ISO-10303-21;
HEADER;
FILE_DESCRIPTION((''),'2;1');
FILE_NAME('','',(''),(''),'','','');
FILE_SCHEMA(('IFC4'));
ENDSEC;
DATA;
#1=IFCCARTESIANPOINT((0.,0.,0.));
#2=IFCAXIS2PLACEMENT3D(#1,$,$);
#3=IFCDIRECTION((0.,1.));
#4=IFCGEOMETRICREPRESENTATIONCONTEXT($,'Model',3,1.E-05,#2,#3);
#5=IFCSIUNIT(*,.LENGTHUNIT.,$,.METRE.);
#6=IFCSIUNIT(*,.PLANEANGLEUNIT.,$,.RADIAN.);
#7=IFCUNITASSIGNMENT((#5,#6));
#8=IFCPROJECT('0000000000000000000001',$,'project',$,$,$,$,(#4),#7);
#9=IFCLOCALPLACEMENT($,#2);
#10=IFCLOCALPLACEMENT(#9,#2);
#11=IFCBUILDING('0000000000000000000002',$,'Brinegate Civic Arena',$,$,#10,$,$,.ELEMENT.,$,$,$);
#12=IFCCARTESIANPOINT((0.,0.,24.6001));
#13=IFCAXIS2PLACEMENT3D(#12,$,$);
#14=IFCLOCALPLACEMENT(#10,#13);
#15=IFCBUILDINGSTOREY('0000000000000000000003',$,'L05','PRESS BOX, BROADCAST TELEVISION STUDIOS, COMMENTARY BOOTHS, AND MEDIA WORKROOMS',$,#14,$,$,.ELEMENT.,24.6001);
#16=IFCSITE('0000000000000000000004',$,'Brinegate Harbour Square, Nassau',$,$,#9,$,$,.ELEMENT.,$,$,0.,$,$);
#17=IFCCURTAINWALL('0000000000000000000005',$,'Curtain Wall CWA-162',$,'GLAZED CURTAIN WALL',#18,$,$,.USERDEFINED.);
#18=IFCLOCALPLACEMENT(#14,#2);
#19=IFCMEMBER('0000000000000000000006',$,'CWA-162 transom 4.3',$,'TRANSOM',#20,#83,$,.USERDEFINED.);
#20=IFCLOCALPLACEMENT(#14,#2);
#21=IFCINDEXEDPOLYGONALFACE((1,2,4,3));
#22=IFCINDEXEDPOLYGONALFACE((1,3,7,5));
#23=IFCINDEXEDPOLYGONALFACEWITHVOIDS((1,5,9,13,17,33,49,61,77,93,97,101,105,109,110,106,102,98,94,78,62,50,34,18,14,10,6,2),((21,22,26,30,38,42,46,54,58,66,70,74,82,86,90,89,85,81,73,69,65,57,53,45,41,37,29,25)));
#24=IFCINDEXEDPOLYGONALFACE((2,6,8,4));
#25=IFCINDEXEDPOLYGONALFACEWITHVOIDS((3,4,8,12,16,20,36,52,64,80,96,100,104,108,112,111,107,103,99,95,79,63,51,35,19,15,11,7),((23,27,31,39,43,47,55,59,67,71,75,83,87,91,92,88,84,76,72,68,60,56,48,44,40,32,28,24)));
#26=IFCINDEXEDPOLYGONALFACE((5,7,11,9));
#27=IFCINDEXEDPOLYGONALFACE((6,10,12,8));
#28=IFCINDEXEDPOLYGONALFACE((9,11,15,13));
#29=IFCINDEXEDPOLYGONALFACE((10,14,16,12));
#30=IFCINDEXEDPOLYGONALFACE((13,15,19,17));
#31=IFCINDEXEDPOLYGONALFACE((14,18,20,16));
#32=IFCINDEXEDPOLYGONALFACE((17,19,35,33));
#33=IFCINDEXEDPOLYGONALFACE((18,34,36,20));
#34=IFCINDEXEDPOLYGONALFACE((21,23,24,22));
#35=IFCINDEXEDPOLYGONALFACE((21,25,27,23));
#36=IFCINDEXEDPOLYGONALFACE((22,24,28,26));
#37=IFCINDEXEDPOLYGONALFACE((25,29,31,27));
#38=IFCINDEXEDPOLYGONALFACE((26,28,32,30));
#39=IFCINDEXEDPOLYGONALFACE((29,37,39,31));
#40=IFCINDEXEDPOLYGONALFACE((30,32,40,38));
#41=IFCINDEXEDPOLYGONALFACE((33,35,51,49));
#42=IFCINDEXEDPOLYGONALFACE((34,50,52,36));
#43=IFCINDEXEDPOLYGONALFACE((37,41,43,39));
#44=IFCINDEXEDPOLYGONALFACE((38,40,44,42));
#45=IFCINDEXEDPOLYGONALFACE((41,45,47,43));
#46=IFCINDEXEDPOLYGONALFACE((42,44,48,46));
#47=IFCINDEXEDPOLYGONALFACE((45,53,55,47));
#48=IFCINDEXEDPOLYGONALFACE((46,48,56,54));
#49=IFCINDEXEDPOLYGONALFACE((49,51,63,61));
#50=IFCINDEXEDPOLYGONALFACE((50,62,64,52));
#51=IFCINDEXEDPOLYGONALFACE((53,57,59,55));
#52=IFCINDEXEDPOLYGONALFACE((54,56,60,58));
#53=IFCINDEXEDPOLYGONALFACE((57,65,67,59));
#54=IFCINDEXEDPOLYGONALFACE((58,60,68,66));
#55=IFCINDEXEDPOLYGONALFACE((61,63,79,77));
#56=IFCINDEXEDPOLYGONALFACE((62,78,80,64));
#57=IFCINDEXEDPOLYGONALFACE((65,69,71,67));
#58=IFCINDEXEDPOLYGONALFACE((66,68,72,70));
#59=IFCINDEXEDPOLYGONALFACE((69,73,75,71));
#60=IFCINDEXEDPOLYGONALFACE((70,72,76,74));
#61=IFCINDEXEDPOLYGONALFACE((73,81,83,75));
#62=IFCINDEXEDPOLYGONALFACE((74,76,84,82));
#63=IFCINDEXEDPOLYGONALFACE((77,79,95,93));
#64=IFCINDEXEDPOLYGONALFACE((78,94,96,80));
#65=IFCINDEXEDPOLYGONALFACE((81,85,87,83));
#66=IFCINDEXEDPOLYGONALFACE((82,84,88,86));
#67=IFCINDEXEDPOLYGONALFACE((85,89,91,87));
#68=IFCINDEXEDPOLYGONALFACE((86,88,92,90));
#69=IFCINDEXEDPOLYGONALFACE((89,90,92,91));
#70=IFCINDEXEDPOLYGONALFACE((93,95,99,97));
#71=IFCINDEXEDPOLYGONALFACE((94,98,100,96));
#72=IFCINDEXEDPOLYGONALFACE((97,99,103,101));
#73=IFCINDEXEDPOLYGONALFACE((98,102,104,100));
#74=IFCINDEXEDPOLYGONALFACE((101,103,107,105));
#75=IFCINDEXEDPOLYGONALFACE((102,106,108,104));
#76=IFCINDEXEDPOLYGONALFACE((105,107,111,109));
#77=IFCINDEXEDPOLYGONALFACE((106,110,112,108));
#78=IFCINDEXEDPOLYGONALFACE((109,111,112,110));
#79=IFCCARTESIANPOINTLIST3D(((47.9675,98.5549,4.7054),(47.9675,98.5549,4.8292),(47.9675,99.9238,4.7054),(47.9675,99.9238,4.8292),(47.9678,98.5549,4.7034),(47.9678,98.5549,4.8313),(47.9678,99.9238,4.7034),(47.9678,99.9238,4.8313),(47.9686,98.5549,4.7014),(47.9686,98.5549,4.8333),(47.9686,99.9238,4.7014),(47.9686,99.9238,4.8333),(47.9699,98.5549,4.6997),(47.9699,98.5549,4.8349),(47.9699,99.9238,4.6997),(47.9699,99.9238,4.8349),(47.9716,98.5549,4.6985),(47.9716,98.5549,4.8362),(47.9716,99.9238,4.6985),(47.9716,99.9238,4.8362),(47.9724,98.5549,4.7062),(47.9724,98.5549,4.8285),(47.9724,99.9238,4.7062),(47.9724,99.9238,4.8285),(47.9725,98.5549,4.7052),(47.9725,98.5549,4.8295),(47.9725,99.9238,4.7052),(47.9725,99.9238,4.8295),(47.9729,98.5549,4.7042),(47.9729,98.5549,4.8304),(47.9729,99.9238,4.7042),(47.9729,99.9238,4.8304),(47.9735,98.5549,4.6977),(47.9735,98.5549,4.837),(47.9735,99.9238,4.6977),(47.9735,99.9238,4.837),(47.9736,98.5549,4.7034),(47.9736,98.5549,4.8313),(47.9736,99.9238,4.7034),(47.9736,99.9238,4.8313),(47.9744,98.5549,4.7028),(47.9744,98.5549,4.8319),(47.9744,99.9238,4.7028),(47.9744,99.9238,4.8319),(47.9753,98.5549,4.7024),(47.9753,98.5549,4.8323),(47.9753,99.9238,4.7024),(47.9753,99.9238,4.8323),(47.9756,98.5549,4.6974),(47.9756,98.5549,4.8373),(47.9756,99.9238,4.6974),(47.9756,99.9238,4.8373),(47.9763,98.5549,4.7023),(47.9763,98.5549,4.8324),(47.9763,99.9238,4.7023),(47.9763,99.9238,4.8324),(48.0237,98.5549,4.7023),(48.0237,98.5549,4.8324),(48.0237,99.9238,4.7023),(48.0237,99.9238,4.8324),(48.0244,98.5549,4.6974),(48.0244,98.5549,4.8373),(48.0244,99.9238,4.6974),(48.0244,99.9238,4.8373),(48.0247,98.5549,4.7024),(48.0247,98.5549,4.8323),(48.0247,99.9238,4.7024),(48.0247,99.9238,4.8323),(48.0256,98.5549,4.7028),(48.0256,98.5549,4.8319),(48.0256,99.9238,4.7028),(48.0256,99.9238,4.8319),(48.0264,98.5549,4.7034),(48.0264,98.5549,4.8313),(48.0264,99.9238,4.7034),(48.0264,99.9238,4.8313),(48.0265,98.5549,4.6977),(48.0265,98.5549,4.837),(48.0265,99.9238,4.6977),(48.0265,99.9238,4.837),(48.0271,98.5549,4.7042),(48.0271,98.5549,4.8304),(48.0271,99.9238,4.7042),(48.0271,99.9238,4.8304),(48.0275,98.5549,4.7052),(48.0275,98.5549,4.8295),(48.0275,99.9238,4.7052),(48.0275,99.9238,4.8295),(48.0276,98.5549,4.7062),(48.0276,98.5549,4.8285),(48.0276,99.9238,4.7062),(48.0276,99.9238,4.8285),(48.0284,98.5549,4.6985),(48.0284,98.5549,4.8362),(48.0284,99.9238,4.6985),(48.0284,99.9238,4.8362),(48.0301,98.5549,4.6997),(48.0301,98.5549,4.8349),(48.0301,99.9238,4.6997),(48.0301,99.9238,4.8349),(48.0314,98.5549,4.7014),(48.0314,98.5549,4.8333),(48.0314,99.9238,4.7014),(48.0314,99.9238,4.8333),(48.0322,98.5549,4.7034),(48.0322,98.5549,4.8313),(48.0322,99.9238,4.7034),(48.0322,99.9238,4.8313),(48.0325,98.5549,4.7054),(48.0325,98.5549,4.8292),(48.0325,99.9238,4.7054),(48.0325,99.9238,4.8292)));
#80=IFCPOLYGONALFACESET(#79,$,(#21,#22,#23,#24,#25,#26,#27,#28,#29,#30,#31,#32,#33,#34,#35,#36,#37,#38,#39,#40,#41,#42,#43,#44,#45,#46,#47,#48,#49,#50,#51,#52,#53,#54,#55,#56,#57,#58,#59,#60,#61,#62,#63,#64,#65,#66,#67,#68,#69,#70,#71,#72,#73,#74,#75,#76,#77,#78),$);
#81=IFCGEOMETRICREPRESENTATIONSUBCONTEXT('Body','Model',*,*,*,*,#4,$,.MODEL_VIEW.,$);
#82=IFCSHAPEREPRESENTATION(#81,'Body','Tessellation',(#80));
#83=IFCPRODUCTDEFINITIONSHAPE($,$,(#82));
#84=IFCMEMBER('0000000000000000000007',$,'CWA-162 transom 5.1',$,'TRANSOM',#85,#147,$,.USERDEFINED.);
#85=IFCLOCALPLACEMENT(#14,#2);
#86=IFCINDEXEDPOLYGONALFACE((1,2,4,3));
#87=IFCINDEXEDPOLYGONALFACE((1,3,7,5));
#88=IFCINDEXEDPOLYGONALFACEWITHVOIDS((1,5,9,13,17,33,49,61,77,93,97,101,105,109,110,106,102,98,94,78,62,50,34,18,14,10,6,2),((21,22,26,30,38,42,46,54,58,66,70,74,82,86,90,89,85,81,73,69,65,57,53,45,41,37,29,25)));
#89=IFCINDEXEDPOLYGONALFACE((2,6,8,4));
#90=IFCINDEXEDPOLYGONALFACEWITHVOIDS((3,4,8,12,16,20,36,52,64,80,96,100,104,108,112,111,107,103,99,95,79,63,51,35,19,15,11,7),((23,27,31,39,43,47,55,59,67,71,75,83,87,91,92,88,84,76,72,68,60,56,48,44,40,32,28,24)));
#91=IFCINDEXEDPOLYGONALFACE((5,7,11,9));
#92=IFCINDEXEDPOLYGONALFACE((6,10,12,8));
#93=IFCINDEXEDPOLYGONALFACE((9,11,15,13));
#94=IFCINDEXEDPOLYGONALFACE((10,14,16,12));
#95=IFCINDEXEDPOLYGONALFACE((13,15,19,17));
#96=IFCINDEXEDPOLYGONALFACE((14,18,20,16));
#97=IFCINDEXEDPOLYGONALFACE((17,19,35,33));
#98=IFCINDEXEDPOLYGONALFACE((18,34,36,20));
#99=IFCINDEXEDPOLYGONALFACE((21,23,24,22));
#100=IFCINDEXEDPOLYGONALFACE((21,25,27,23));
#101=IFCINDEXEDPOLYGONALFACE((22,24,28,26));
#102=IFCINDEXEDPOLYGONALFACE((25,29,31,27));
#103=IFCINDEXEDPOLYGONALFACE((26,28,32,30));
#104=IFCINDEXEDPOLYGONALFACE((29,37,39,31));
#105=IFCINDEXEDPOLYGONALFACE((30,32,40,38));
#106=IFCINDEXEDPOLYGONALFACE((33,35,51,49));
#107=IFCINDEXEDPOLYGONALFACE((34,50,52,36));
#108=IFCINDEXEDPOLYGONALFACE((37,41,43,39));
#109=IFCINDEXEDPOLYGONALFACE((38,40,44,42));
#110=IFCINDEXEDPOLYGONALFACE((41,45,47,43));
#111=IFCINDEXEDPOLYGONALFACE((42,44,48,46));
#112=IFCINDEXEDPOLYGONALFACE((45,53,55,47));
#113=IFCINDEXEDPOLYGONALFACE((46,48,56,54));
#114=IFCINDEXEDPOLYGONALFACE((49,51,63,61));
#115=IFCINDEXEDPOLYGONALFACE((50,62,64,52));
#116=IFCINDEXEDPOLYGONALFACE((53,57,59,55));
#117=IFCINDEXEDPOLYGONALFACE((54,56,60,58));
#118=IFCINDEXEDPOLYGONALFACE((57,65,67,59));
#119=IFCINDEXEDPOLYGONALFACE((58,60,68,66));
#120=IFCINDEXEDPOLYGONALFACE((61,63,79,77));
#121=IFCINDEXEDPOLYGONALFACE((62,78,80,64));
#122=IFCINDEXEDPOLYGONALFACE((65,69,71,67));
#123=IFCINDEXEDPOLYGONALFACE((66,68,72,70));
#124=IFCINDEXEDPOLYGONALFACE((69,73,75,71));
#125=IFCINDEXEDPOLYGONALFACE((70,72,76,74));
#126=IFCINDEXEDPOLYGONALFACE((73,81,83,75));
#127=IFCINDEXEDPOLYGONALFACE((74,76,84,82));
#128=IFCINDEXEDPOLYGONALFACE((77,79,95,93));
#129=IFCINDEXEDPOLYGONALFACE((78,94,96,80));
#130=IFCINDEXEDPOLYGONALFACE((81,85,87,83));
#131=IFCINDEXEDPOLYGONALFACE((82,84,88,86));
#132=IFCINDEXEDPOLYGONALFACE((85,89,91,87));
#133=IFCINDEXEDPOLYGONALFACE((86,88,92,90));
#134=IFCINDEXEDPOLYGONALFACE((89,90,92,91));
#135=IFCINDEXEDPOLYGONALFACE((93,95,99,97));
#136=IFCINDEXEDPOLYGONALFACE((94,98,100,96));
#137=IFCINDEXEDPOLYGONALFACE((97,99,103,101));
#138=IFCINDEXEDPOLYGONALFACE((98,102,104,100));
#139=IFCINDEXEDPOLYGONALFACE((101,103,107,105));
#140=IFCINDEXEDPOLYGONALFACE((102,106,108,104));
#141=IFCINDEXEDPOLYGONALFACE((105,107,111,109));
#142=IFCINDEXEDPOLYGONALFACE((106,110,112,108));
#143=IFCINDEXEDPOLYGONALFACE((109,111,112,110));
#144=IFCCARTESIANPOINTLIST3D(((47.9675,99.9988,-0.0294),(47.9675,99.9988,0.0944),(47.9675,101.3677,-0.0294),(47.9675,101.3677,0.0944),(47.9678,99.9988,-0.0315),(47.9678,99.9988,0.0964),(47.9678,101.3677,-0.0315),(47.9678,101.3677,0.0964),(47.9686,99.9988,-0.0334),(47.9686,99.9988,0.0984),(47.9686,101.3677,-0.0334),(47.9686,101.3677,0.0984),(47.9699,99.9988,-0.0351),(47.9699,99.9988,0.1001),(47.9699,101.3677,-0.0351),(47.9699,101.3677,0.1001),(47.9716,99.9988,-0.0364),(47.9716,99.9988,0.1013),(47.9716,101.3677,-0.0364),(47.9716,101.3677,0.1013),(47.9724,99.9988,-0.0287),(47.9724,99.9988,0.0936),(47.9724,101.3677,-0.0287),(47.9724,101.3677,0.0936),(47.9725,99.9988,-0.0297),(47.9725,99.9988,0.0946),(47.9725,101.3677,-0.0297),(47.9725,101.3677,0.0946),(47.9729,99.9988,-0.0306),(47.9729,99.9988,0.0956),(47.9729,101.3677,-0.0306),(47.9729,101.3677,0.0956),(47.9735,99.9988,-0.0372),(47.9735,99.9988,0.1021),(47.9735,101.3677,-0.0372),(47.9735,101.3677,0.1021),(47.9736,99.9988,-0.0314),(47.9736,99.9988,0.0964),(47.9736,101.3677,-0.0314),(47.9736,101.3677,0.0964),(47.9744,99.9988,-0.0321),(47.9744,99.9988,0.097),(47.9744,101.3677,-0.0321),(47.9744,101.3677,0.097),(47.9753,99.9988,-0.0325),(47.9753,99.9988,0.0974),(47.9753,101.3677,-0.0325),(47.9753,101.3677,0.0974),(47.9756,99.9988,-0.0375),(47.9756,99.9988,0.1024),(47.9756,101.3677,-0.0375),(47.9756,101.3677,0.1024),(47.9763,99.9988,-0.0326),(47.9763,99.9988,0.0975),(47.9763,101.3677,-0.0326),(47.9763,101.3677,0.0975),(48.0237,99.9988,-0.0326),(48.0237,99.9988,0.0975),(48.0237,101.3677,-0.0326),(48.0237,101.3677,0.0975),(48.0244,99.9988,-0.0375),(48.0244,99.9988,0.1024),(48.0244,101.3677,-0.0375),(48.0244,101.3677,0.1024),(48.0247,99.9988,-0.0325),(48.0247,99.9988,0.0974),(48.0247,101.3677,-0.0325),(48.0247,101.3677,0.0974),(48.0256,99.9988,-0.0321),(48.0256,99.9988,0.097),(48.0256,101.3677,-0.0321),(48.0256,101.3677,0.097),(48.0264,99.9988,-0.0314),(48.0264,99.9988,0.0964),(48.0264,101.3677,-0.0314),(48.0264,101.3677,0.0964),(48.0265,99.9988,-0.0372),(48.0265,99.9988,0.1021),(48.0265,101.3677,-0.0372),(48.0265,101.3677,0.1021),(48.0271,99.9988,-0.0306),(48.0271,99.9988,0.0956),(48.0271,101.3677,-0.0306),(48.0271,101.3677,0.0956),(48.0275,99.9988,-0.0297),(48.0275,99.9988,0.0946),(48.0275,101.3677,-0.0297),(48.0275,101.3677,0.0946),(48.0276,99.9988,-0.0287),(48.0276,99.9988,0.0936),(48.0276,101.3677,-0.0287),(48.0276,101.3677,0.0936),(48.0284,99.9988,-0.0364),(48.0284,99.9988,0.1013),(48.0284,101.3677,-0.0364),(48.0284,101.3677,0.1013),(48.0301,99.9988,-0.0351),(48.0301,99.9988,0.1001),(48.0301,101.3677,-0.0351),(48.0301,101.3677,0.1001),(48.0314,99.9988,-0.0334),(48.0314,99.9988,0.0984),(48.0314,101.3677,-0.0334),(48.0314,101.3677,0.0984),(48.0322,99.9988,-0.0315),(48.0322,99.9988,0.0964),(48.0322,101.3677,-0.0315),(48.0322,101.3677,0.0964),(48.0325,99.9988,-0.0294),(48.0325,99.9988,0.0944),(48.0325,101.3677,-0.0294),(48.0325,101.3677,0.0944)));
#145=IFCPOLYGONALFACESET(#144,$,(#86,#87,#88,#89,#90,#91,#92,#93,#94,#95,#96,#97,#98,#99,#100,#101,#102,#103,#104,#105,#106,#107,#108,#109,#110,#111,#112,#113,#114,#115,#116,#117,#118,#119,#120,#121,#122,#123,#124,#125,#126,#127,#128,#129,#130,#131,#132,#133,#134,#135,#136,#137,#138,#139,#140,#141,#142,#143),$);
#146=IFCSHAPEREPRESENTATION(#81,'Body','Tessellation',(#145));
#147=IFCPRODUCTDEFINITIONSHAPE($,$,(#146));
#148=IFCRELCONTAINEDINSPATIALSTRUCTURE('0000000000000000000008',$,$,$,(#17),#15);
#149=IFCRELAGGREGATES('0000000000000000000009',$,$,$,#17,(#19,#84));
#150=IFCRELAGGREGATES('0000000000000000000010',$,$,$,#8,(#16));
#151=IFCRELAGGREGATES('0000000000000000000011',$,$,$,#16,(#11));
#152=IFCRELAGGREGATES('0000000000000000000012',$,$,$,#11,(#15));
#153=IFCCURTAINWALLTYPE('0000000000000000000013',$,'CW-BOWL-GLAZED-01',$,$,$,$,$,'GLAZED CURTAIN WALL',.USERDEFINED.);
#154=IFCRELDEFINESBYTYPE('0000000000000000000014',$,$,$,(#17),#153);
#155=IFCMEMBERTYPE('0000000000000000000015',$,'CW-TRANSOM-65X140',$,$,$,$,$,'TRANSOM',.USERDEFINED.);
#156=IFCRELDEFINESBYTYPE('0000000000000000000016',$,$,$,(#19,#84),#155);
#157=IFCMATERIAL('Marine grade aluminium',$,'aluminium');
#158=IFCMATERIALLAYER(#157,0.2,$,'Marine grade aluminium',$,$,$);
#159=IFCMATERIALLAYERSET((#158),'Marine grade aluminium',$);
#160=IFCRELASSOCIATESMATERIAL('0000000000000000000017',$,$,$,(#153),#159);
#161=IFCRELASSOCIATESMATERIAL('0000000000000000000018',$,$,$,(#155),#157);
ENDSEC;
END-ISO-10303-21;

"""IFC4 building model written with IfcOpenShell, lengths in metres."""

from ifc_helpers import new_model, si_unit, direction, frame, origin, origin_2d, place, context, subcontext, project, spatial, hollow_rectangle, extrude, material, layer, layer_set, material_profile, profile_set, type_object, element, aggregate, save


model = new_model("IFC4")

# Units and contexts
model_context = context("Model", 3, precision=1e-05, world=origin(), true_north=direction((0.0, 1.0)))
body_context = subcontext(model_context, "Body", "Model", "MODEL_VIEW")
ifc_project = project(units=[si_unit("LENGTHUNIT", "METRE"), si_unit("PLANEANGLEUNIT", "RADIAN")], contexts=[model_context])

# Site, building, storey
site_placement = place(None, origin())
site = spatial("IfcSite", under=ifc_project, at=site_placement, Name="Brinegate Harbour Square, Nassau", CompositionType="ELEMENT", RefElevation=0.0)
building_placement = place(site_placement, origin())
building = spatial("IfcBuilding", under=site, at=building_placement, Name="Brinegate Civic Arena", CompositionType="ELEMENT")
storey_placement = place(building_placement, frame((0.0, 0.0, 24.6001)))
storey = spatial("IfcBuildingStorey", under=building, at=storey_placement, Name="L05", Description="PRESS BOX, BROADCAST TELEVISION STUDIOS, COMMENTARY BOOTHS, AND MEDIA WORKROOMS", CompositionType="ELEMENT", Elevation=24.6001)

# Curtain wall, members
ifc_material_1 = material(Name="Marine grade aluminium", Category="aluminium")
ifc_layer_1 = layer(ifc_material_1, 0.2, Name="Marine grade aluminium")
ifc_layer_set_1 = layer_set([ifc_layer_1], Name="Marine grade aluminium")
curtain_wall_type = type_object("IfcCurtainWallType", Name="CW-BOWL-GLAZED-01", ElementType="GLAZED CURTAIN WALL", PredefinedType="USERDEFINED", material=ifc_layer_set_1)
curtain_wall_placement = place(storey_placement, origin())
curtain_wall = element("IfcCurtainWall", 1, at=curtain_wall_placement, inside=storey, type_object=curtain_wall_type, Name="Curtain Wall CWA-162", ObjectType="GLAZED CURTAIN WALL", PredefinedType="USERDEFINED")
ifc_material_profile_1 = material_profile(ifc_material_1, hollow_rectangle(XDim=0.0649, YDim=0.1399, WallThickness=0.0049, InnerFilletRadius=0.0039, OuterFilletRadius=0.0081, at=origin_2d()), Name="TRN65X140")
ifc_profile_set_1 = profile_set([ifc_material_profile_1], Name="Marine grade aluminium")
member_type_1 = type_object("IfcMemberType", Name="CW-TRANSOM-65X140", ElementType="TRANSOM", PredefinedType="USERDEFINED", material=ifc_profile_set_1)
member_1_placement = place(storey_placement, frame((48.0, 98.5549, 4.7673), z_axis=(0.0, 1.0, 0.0), x_axis=(-1.0, 0.0, 0.0)))
member_1 = element("IfcMember", 2, at=member_1_placement, type_object=member_type_1, Name="CWA-162 transom 4.3", ObjectType="TRANSOM", PredefinedType="USERDEFINED", context=body_context, shape_type="SweptSolid", body=[
    extrude(hollow_rectangle(XDim=0.0649, YDim=0.1399, WallThickness=0.0049, InnerFilletRadius=0.0039, OuterFilletRadius=0.0081, at=origin_2d()), origin(), (0.0, 0.0, 1.0), 1.3689),
])
member_2_placement = place(storey_placement, frame((48.0, 99.9988, 0.0325), z_axis=(0.0, 1.0, 0.0), x_axis=(-1.0, 0.0, 0.0)))
member_2 = element("IfcMember", 3, at=member_2_placement, type_object=member_type_1, Name="CWA-162 transom 5.1", ObjectType="TRANSOM", PredefinedType="USERDEFINED", context=body_context, shape_type="SweptSolid", body=[
    extrude(hollow_rectangle(XDim=0.0649, YDim=0.1399, WallThickness=0.0049, InnerFilletRadius=0.0039, OuterFilletRadius=0.0081, at=origin_2d()), origin(), (0.0, 0.0, 1.0), 1.3689),
])

aggregate(curtain_wall, [member_1, member_2])

save(model, "model.ifc")
